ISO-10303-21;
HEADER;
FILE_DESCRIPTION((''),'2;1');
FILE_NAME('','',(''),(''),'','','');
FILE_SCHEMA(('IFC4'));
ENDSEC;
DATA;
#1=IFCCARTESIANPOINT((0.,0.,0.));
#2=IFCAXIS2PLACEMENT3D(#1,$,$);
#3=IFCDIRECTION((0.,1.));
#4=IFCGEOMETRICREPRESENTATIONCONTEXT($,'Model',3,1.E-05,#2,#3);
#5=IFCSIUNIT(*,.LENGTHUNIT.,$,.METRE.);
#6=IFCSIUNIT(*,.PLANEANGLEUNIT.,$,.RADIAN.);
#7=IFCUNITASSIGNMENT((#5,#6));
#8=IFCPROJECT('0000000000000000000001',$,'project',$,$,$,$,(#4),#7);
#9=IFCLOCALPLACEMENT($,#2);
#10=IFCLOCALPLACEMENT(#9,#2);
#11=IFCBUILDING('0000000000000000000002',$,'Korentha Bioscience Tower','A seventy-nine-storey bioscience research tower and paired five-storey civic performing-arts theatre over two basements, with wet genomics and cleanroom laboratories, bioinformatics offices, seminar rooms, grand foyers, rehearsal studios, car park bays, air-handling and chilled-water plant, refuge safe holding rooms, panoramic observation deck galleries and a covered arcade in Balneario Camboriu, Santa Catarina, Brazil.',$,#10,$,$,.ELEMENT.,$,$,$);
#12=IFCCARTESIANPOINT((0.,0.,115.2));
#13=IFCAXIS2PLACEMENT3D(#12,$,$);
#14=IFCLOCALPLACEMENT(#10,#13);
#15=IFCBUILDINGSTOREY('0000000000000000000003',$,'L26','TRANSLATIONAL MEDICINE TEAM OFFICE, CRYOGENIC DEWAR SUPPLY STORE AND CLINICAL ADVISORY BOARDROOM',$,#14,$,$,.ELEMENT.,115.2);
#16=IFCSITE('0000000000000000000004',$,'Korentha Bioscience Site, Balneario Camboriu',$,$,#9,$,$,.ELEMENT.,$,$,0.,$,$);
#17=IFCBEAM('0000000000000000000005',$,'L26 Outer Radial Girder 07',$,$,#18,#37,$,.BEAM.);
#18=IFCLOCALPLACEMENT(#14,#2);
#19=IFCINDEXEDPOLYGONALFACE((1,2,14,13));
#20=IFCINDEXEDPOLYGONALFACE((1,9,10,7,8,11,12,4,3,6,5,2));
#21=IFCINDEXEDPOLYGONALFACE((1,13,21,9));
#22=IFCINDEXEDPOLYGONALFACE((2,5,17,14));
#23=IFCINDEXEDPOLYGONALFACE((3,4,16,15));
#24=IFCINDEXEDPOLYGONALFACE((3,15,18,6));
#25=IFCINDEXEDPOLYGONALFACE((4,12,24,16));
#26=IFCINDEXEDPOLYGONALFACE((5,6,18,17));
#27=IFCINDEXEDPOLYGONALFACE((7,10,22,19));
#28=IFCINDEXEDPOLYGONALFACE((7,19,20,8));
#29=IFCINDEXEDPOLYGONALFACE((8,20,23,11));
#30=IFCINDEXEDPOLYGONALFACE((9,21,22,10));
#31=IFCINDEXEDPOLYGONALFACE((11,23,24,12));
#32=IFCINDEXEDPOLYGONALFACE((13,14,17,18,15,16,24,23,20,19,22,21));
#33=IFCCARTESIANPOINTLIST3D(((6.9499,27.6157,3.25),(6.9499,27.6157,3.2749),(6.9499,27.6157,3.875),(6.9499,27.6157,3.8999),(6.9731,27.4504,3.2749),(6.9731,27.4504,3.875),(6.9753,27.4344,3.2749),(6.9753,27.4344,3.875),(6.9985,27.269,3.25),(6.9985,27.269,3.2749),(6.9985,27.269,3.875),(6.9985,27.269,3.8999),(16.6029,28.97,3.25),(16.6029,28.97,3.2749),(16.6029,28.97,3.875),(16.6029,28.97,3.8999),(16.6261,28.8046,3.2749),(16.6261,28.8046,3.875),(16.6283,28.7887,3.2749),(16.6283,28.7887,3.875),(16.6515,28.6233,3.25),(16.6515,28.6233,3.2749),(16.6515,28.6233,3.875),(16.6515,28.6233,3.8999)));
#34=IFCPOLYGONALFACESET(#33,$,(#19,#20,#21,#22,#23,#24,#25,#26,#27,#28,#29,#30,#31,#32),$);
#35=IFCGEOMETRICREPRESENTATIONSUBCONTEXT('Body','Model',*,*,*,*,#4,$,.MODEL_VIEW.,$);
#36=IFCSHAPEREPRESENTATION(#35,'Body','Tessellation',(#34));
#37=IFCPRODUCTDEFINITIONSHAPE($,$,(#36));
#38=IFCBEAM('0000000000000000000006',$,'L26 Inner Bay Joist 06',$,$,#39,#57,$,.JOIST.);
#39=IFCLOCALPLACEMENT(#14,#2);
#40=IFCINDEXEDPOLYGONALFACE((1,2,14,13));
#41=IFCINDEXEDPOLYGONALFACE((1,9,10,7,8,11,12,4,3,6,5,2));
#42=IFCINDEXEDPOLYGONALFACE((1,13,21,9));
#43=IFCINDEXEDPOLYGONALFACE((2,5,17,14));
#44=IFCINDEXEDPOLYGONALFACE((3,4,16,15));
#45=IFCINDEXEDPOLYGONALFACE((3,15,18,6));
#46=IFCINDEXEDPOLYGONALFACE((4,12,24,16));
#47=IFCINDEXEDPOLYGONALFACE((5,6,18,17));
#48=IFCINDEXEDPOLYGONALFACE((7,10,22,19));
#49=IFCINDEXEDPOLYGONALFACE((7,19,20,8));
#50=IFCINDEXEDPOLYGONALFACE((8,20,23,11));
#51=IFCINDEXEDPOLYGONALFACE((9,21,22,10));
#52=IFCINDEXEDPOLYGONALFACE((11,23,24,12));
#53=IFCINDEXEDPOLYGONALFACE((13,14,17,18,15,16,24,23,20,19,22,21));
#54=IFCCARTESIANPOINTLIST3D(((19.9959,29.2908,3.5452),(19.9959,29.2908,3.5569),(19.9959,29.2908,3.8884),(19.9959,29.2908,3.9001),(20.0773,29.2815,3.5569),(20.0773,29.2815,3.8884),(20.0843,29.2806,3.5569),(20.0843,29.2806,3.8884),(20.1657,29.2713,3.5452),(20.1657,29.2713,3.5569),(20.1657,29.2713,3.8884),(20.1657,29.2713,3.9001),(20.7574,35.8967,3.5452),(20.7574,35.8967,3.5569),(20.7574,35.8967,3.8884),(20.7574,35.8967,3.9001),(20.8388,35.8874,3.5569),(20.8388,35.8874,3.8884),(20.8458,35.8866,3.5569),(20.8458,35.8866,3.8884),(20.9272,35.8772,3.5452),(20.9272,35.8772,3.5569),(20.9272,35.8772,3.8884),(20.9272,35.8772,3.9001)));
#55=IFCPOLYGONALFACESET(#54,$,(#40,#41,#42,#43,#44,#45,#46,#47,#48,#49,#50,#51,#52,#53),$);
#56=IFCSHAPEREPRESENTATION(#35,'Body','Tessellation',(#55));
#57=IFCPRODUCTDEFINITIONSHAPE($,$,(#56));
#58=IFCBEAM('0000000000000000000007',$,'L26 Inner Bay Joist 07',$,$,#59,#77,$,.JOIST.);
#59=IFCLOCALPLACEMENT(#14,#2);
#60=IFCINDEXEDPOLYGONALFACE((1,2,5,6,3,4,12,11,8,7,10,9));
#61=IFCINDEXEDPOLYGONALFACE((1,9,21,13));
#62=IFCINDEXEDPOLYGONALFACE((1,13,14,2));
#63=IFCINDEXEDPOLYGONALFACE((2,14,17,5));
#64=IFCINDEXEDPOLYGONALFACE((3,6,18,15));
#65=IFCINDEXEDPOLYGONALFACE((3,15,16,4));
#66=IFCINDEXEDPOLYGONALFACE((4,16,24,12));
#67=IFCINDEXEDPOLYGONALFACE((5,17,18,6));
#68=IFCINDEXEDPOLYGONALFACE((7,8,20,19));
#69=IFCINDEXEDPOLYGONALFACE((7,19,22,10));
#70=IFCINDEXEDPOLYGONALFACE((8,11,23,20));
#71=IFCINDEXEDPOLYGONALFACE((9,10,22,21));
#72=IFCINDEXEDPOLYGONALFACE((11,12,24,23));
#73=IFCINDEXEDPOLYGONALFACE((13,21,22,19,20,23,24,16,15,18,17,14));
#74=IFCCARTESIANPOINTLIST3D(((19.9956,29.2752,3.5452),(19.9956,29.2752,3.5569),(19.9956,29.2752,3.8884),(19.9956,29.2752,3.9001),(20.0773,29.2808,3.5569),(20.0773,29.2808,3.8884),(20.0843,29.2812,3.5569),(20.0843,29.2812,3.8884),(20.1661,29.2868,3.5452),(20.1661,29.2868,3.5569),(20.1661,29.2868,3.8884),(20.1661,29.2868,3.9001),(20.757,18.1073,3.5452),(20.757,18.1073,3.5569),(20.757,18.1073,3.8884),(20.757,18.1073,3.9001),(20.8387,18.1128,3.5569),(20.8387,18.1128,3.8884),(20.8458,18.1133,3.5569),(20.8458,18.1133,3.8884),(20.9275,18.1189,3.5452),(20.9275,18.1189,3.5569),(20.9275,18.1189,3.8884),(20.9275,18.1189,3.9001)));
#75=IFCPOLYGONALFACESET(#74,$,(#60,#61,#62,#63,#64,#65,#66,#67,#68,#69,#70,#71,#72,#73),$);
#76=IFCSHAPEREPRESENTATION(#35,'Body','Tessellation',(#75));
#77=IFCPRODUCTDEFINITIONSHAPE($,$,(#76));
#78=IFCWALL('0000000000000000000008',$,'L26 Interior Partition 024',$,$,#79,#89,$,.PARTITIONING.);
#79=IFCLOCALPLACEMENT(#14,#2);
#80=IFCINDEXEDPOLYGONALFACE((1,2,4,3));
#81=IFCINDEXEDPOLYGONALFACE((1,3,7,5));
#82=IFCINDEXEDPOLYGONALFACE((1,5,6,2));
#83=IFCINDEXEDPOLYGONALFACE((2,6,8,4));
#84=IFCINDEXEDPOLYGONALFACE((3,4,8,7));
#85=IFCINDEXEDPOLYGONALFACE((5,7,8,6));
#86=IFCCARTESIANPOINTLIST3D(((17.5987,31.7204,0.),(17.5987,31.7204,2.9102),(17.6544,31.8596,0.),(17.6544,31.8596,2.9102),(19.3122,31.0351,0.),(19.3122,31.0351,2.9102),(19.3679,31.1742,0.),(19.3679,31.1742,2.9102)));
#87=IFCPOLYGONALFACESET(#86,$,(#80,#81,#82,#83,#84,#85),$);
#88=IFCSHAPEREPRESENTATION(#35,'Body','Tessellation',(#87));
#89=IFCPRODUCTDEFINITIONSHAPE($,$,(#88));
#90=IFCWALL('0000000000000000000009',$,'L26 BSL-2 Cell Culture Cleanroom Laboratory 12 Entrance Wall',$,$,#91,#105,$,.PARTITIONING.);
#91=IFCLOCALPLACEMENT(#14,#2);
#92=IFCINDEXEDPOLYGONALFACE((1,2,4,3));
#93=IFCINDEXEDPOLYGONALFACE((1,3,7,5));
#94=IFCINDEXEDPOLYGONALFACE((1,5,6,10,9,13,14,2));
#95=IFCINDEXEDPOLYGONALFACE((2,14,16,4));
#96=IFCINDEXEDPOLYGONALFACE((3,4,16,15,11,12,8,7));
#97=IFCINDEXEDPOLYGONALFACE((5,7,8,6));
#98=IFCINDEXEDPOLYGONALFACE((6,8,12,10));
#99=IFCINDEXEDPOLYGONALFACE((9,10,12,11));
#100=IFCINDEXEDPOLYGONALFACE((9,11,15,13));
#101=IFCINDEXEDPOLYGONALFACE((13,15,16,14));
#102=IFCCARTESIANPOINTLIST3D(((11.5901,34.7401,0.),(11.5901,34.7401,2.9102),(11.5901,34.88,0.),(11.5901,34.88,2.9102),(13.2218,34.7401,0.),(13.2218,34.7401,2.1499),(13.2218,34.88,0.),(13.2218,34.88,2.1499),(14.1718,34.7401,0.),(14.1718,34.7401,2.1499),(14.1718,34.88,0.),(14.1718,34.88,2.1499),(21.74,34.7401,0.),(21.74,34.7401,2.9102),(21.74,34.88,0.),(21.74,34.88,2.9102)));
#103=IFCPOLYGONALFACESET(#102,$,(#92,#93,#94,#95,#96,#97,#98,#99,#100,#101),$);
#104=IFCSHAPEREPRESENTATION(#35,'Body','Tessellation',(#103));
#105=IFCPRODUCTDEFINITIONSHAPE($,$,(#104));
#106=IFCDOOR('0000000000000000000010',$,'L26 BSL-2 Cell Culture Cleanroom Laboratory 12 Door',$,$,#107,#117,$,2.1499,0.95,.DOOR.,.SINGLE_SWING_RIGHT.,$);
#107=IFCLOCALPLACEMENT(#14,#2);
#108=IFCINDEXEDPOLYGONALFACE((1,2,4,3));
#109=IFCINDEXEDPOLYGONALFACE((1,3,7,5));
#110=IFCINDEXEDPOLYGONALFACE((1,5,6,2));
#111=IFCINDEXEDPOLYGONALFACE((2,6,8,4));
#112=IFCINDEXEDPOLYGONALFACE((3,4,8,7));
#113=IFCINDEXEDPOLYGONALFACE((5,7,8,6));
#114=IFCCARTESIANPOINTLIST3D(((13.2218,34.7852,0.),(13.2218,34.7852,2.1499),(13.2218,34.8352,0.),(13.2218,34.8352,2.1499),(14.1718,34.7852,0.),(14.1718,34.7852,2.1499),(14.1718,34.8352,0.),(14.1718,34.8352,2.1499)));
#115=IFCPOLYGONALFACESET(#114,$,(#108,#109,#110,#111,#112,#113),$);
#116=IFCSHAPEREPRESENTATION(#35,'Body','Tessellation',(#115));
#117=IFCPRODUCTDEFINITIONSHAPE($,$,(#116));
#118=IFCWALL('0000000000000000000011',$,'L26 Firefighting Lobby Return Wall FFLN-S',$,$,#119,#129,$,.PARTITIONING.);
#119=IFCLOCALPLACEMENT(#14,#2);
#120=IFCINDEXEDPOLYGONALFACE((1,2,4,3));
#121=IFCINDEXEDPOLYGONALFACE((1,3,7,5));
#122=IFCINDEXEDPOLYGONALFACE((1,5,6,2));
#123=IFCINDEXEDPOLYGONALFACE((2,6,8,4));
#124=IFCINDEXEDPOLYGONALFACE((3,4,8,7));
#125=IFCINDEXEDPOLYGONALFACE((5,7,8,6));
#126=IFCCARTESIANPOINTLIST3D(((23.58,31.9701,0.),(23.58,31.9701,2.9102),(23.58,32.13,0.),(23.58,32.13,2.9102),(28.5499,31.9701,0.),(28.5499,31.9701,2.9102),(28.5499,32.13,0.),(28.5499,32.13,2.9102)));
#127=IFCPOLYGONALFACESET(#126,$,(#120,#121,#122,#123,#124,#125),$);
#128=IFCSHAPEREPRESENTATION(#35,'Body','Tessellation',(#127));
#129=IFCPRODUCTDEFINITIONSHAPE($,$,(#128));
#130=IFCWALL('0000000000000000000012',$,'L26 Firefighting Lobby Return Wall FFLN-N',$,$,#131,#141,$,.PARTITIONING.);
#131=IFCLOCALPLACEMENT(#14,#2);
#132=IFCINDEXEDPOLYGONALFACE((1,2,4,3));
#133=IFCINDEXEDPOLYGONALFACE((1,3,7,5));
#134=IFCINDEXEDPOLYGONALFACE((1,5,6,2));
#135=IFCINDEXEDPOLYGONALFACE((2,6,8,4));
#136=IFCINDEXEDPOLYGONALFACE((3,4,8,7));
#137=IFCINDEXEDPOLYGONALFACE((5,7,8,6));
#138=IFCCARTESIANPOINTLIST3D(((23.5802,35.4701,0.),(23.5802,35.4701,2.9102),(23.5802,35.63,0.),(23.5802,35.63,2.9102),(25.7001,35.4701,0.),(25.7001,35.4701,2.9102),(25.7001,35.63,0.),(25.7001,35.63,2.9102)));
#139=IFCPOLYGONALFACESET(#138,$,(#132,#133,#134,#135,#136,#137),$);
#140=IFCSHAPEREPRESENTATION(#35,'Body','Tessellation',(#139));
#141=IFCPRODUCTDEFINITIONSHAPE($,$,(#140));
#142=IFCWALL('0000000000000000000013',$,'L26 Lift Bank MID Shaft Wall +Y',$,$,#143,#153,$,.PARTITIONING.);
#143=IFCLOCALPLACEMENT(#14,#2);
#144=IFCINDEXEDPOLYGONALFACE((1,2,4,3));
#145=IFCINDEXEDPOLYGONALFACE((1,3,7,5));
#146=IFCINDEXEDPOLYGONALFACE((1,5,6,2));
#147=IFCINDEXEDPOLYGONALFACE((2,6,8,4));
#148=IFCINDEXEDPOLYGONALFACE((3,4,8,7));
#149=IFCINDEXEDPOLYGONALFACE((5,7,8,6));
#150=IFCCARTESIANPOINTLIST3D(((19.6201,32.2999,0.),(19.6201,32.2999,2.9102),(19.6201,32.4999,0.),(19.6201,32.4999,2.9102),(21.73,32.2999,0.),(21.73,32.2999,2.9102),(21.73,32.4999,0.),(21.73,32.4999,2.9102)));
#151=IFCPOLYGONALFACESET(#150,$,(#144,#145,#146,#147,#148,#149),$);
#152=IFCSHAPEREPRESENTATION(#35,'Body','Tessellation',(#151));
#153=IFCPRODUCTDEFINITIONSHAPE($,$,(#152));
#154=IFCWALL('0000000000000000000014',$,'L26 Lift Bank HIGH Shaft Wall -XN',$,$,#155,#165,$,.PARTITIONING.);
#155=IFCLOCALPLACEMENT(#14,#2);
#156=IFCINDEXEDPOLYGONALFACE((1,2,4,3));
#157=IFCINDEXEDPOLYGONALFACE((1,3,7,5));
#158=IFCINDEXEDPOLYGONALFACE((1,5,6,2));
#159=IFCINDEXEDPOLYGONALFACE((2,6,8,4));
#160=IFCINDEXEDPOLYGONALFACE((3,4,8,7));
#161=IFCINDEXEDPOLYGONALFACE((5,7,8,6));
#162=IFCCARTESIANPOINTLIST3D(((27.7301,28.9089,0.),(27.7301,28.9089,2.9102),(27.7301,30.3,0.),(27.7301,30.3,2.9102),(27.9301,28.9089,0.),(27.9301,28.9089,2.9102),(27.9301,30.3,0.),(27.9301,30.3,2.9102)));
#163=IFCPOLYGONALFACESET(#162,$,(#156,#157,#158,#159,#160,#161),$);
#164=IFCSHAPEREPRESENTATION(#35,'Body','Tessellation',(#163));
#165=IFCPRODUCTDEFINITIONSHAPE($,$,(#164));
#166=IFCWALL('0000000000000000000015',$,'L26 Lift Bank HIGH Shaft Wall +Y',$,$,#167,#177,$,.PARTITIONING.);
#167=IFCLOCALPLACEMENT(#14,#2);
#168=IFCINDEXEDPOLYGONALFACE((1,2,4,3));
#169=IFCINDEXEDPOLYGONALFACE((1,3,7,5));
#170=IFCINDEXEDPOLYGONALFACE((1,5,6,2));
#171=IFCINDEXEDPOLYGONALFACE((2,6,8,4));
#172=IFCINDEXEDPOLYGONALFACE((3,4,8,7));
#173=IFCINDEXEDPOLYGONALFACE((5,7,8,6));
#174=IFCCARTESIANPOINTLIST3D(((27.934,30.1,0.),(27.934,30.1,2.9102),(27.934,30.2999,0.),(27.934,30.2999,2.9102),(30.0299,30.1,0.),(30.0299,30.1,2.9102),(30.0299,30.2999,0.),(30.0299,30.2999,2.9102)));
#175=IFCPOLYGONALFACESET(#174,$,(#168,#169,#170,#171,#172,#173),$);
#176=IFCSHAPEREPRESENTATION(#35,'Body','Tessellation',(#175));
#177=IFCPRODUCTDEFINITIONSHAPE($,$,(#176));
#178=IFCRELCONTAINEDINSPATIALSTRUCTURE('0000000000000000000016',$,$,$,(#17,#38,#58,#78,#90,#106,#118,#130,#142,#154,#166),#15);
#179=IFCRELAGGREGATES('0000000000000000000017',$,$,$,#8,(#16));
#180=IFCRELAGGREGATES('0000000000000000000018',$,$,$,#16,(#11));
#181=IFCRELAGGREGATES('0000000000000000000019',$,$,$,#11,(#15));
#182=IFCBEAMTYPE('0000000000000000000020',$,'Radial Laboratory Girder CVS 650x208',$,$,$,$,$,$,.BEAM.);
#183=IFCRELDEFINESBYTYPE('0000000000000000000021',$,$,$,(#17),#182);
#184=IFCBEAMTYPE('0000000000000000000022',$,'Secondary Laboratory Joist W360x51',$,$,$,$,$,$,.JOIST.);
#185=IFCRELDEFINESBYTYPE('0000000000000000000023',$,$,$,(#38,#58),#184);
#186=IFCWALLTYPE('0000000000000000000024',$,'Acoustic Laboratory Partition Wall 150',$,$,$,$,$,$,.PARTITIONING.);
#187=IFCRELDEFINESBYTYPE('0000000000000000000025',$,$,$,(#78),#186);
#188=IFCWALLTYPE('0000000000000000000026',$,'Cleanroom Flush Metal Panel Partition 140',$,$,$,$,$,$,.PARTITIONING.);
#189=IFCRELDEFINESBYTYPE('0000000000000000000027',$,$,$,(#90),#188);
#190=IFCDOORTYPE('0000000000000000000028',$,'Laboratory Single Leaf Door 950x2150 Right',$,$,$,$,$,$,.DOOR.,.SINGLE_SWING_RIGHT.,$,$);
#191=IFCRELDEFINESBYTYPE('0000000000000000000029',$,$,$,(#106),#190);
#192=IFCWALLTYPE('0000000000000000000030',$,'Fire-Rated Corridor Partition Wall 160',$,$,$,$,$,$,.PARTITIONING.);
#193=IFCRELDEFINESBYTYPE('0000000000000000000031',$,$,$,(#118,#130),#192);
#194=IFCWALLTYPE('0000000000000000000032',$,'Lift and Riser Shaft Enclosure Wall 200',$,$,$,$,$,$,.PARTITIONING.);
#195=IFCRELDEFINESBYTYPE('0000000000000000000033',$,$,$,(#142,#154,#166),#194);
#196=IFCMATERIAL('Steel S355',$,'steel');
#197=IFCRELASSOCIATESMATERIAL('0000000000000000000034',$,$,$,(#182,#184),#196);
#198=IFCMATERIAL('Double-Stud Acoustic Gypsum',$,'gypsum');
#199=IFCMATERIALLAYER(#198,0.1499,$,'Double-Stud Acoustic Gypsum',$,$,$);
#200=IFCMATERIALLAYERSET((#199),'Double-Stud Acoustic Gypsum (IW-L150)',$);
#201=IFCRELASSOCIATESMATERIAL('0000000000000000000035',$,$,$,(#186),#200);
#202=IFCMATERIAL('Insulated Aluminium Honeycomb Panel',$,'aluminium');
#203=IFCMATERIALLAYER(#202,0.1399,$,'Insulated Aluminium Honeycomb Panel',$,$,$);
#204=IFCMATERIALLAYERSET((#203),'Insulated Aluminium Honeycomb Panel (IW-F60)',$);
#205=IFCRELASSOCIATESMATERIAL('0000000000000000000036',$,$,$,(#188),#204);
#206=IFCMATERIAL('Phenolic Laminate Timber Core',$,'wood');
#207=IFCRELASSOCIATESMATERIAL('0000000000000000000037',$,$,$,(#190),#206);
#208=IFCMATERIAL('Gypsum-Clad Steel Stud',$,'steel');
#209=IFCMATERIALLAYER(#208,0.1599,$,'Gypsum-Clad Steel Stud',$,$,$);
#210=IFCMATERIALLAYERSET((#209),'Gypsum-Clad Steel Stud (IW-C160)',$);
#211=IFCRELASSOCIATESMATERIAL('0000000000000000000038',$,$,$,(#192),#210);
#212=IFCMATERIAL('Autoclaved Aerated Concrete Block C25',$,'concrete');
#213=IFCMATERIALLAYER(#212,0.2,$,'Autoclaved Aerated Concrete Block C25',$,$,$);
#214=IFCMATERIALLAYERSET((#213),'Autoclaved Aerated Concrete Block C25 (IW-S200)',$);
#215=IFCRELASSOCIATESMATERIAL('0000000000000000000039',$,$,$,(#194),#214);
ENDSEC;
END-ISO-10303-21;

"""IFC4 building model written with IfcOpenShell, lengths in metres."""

from ifc_helpers import new_model, si_unit, direction, frame, frame_2d, origin, origin_2d, place, context, subcontext, project, spatial, rectangle, i_section, extrude, material, layer, layer_set, material_profile, profile_set, type_object, element, fill, save


model = new_model("IFC4")

# Units and contexts
model_context = context("Model", 3, precision=1e-05, world=origin(), true_north=direction((0.0, 1.0)))
body_context = subcontext(model_context, "Body", "Model", "MODEL_VIEW")
ifc_project = project(units=[si_unit("LENGTHUNIT", "METRE"), si_unit("PLANEANGLEUNIT", "RADIAN")], contexts=[model_context])

# Site, building, storey
site_placement = place(None, origin())
site = spatial("IfcSite", under=ifc_project, at=site_placement, Name="Korentha Bioscience Site, Balneario Camboriu", CompositionType="ELEMENT", RefElevation=0.0)
building_placement = place(site_placement, origin())
building = spatial("IfcBuilding", under=site, at=building_placement, Name="Korentha Bioscience Tower", Description="A seventy-nine-storey bioscience research tower and paired five-storey civic performing-arts theatre over two basements, with wet genomics and cleanroom laboratories, bioinformatics offices, seminar rooms, grand foyers, rehearsal studios, car park bays, air-handling and chilled-water plant, refuge safe holding rooms, panoramic observation deck galleries and a covered arcade in Balneario Camboriu, Santa Catarina, Brazil.", CompositionType="ELEMENT")
storey_placement = place(building_placement, frame((0.0, 0.0, 115.2)))
storey = spatial("IfcBuildingStorey", under=building, at=storey_placement, Name="L26", Description="TRANSLATIONAL MEDICINE TEAM OFFICE, CRYOGENIC DEWAR SUPPLY STORE AND CLINICAL ADVISORY BOARDROOM", CompositionType="ELEMENT", Elevation=115.2)

# Beams
ifc_material_1 = material(Name="Steel S355", Category="steel")
ifc_material_profile_1 = material_profile(ifc_material_1, i_section(OverallWidth=0.3501, OverallDepth=0.6499, WebThickness=0.0161, FlangeThickness=0.0249, at=origin_2d()), Name="Steel S355")
ifc_profile_set_1 = profile_set([ifc_material_profile_1], Name="Steel S355 (RB-650)")
beam_type_1 = type_object("IfcBeamType", Name="Radial Laboratory Girder CVS 650x208", PredefinedType="BEAM", material=ifc_profile_set_1)
beam_1_placement = place(storey_placement, frame((16.6272, 28.7966, 3.575), z_axis=(-0.990302, -0.138931, 0.0), x_axis=(0.138931, -0.990302, 0.0)))
element("IfcBeam", 1, at=beam_1_placement, inside=storey, type_object=beam_type_1, Name="L26 Outer Radial Girder 07", PredefinedType="BEAM", context=body_context, shape_type="SweptSolid", body=[
    extrude(i_section(OverallWidth=0.3501, OverallDepth=0.6499, WebThickness=0.0161, FlangeThickness=0.0249, at=origin_2d()), origin(), (0.0, 0.0, 1.0), 9.7476),
])
ifc_material_profile_2 = material_profile(ifc_material_1, i_section(OverallWidth=0.1709, OverallDepth=0.355, WebThickness=0.0071, FlangeThickness=0.0117, at=origin_2d()), Name="Steel S355")
ifc_profile_set_2 = profile_set([ifc_material_profile_2], Name="Steel S355 (JB-360)")
beam_type_2 = type_object("IfcBeamType", Name="Secondary Laboratory Joist W360x51", PredefinedType="JOIST", material=ifc_profile_set_2)
beam_2_placement = place(storey_placement, frame((20.8423, 35.887, 3.7227), z_axis=(-0.114513, -0.993422, 0.0), x_axis=(0.993422, -0.114513, 0.0)))
element("IfcBeam", 2, at=beam_2_placement, inside=storey, type_object=beam_type_2, Name="L26 Inner Bay Joist 06", PredefinedType="JOIST", context=body_context, shape_type="SweptSolid", body=[
    extrude(i_section(OverallWidth=0.1709, OverallDepth=0.355, WebThickness=0.0071, FlangeThickness=0.0117, at=origin_2d()), origin(), (0.0, 0.0, 1.0), 6.6497),
])
beam_3_placement = place(storey_placement, frame((20.0808, 29.281, 3.7227), z_axis=(0.068026, -0.997684, 0.0), x_axis=(0.997684, 0.068026, 0.0)))
element("IfcBeam", 3, at=beam_3_placement, inside=storey, type_object=beam_type_2, Name="L26 Inner Bay Joist 07", PredefinedType="JOIST", context=body_context, shape_type="SweptSolid", body=[
    extrude(i_section(OverallWidth=0.1709, OverallDepth=0.355, WebThickness=0.0071, FlangeThickness=0.0117, at=origin_2d()), origin(), (0.0, 0.0, 1.0), 11.1938),
])

# Wall
ifc_material_2 = material(Name="Double-Stud Acoustic Gypsum", Category="gypsum")
ifc_layer_1 = layer(ifc_material_2, 0.1499, Name="Double-Stud Acoustic Gypsum")
ifc_layer_set_1 = layer_set([ifc_layer_1], Name="Double-Stud Acoustic Gypsum (IW-L150)")
wall_type_1 = type_object("IfcWallType", Name="Acoustic Laboratory Partition Wall 150", PredefinedType="PARTITIONING", material=ifc_layer_set_1)
wall_1_placement = place(storey_placement, frame((17.6265, 31.79, 0.0), z_axis=(0.0, 0.0, 1.0), x_axis=(0.928486, -0.371368, 0.0)))
element("IfcWall", 4, at=wall_1_placement, inside=storey, type_object=wall_type_1, Name="L26 Interior Partition 024", PredefinedType="PARTITIONING", context=body_context, shape_type="SweptSolid", body=[
    extrude(rectangle(XDim=1.8455, YDim=0.1499, at=frame_2d((0.9229, 0.0))), origin(), (0.0, 0.0, 1.0), 2.9102),
])

# Wall, opening, door
ifc_material_3 = material(Name="Insulated Aluminium Honeycomb Panel", Category="aluminium")
ifc_layer_2 = layer(ifc_material_3, 0.1399, Name="Insulated Aluminium Honeycomb Panel")
ifc_layer_set_2 = layer_set([ifc_layer_2], Name="Insulated Aluminium Honeycomb Panel (IW-F60)")
wall_type_2 = type_object("IfcWallType", Name="Cleanroom Flush Metal Panel Partition 140", PredefinedType="PARTITIONING", material=ifc_layer_set_2)
wall_2_placement = place(storey_placement, frame((21.74, 34.8101, 0.0), z_axis=(0.0, 0.0, 1.0), x_axis=(-1.0, 0.0, 0.0)))
wall_2 = element("IfcWall", 5, at=wall_2_placement, inside=storey, type_object=wall_type_2, Name="L26 BSL-2 Cell Culture Cleanroom Laboratory 12 Entrance Wall", PredefinedType="PARTITIONING", context=body_context, shape_type="SweptSolid", body=[
    extrude(rectangle(XDim=10.1499, YDim=0.1399, at=frame_2d((5.075, 0.0))), origin(), (0.0, 0.0, 1.0), 2.9102),
])
opening_1_placement = place(wall_2_placement, frame((7.5681, 0.0, 0.0)))
opening_1 = element("IfcOpeningElement", 6, at=opening_1_placement, cuts=wall_2, PredefinedType="OPENING", context=body_context, shape_type="SweptSolid", body=[
    extrude(rectangle(XDim=0.95, YDim=2.1499, at=frame_2d((0.4751, 1.075))), frame((0.0, 0.085, 0.0), z_axis=(0.0, -1.0, 0.0), x_axis=(1.0, 0.0, 0.0)), (0.0, 0.0, 1.0), 0.1697),
])
ifc_material_4 = material(Name="Phenolic Laminate Timber Core", Category="wood")
door_type_1 = type_object("IfcDoorType", Name="Laboratory Single Leaf Door 950x2150 Right", OperationType="SINGLE_SWING_RIGHT", PredefinedType="DOOR", material=ifc_material_4)
door_1_placement = place(opening_1_placement, origin())
door_1 = element("IfcDoor", 7, at=door_1_placement, inside=storey, type_object=door_type_1, Name="L26 BSL-2 Cell Culture Cleanroom Laboratory 12 Door", OperationType="SINGLE_SWING_RIGHT", OverallHeight=2.1499, OverallWidth=0.95, PredefinedType="DOOR", context=body_context, shape_type="SweptSolid", body=[
    extrude(rectangle(XDim=0.95, YDim=2.1499, at=frame_2d((0.4751, 1.075))), frame((0.0, 0.0249, 0.0), z_axis=(0.0, -1.0, 0.0), x_axis=(1.0, 0.0, 0.0)), (0.0, 0.0, 1.0), 0.05),
])
fill(opening_1, door_1)
ifc_material_5 = material(Name="Gypsum-Clad Steel Stud", Category="steel")
ifc_layer_3 = layer(ifc_material_5, 0.1599, Name="Gypsum-Clad Steel Stud")
ifc_layer_set_3 = layer_set([ifc_layer_3], Name="Gypsum-Clad Steel Stud (IW-C160)")
wall_type_3 = type_object("IfcWallType", Name="Fire-Rated Corridor Partition Wall 160", PredefinedType="PARTITIONING", material=ifc_layer_set_3)

# Walls
wall_3_placement = place(storey_placement, frame((23.5801, 32.05, 0.0), z_axis=(0.0, 0.0, 1.0), x_axis=(1.0, 0.0, 0.0)))
element("IfcWall", 8, at=wall_3_placement, inside=storey, type_object=wall_type_3, Name="L26 Firefighting Lobby Return Wall FFLN-S", PredefinedType="PARTITIONING", context=body_context, shape_type="SweptSolid", body=[
    extrude(rectangle(XDim=4.97, YDim=0.1599, at=frame_2d((2.4849, 0.0))), origin(), (0.0, 0.0, 1.0), 2.9102),
])
wall_4_placement = place(storey_placement, frame((23.5801, 35.55, 0.0), z_axis=(0.0, 0.0, 1.0), x_axis=(1.0, 0.0, 0.0)))
element("IfcWall", 9, at=wall_4_placement, inside=storey, type_object=wall_type_3, Name="L26 Firefighting Lobby Return Wall FFLN-N", PredefinedType="PARTITIONING", context=body_context, shape_type="SweptSolid", body=[
    extrude(rectangle(XDim=2.1199, YDim=0.1599, at=frame_2d((1.0601, 0.0))), origin(), (0.0, 0.0, 1.0), 2.9102),
])
ifc_material_6 = material(Name="Autoclaved Aerated Concrete Block C25", Category="concrete")
ifc_layer_4 = layer(ifc_material_6, 0.2, Name="Autoclaved Aerated Concrete Block C25")
ifc_layer_set_4 = layer_set([ifc_layer_4], Name="Autoclaved Aerated Concrete Block C25 (IW-S200)")
wall_type_4 = type_object("IfcWallType", Name="Lift and Riser Shaft Enclosure Wall 200", PredefinedType="PARTITIONING", material=ifc_layer_set_4)
wall_5_placement = place(storey_placement, frame((19.6201, 32.3999, 0.0), z_axis=(0.0, 0.0, 1.0), x_axis=(1.0, 0.0, 0.0)))
element("IfcWall", 10, at=wall_5_placement, inside=storey, type_object=wall_type_4, Name="L26 Lift Bank MID Shaft Wall +Y", PredefinedType="PARTITIONING", context=body_context, shape_type="SweptSolid", body=[
    extrude(rectangle(XDim=2.1099, YDim=0.2, at=frame_2d((1.0549, 0.0))), origin(), (0.0, 0.0, 1.0), 2.9102),
])
wall_6_placement = place(storey_placement, frame((27.8301, 28.9089, 0.0), z_axis=(0.0, 0.0, 1.0), x_axis=(0.0, 1.0, 0.0)))
element("IfcWall", 11, at=wall_6_placement, inside=storey, type_object=wall_type_4, Name="L26 Lift Bank HIGH Shaft Wall -XN", PredefinedType="PARTITIONING", context=body_context, shape_type="SweptSolid", body=[
    extrude(rectangle(XDim=1.3911, YDim=0.2, at=frame_2d((0.6956, 0.0))), origin(), (0.0, 0.0, 1.0), 2.9102),
])
wall_7_placement = place(storey_placement, frame((27.9341, 30.2, 0.0), z_axis=(0.0, 0.0, 1.0), x_axis=(1.0, 0.0, 0.0)))
element("IfcWall", 12, at=wall_7_placement, inside=storey, type_object=wall_type_4, Name="L26 Lift Bank HIGH Shaft Wall +Y", PredefinedType="PARTITIONING", context=body_context, shape_type="SweptSolid", body=[
    extrude(rectangle(XDim=2.0959, YDim=0.2, at=frame_2d((1.0479, 0.0))), origin(), (0.0, 0.0, 1.0), 2.9102),
])

save(model, "model.ifc")
